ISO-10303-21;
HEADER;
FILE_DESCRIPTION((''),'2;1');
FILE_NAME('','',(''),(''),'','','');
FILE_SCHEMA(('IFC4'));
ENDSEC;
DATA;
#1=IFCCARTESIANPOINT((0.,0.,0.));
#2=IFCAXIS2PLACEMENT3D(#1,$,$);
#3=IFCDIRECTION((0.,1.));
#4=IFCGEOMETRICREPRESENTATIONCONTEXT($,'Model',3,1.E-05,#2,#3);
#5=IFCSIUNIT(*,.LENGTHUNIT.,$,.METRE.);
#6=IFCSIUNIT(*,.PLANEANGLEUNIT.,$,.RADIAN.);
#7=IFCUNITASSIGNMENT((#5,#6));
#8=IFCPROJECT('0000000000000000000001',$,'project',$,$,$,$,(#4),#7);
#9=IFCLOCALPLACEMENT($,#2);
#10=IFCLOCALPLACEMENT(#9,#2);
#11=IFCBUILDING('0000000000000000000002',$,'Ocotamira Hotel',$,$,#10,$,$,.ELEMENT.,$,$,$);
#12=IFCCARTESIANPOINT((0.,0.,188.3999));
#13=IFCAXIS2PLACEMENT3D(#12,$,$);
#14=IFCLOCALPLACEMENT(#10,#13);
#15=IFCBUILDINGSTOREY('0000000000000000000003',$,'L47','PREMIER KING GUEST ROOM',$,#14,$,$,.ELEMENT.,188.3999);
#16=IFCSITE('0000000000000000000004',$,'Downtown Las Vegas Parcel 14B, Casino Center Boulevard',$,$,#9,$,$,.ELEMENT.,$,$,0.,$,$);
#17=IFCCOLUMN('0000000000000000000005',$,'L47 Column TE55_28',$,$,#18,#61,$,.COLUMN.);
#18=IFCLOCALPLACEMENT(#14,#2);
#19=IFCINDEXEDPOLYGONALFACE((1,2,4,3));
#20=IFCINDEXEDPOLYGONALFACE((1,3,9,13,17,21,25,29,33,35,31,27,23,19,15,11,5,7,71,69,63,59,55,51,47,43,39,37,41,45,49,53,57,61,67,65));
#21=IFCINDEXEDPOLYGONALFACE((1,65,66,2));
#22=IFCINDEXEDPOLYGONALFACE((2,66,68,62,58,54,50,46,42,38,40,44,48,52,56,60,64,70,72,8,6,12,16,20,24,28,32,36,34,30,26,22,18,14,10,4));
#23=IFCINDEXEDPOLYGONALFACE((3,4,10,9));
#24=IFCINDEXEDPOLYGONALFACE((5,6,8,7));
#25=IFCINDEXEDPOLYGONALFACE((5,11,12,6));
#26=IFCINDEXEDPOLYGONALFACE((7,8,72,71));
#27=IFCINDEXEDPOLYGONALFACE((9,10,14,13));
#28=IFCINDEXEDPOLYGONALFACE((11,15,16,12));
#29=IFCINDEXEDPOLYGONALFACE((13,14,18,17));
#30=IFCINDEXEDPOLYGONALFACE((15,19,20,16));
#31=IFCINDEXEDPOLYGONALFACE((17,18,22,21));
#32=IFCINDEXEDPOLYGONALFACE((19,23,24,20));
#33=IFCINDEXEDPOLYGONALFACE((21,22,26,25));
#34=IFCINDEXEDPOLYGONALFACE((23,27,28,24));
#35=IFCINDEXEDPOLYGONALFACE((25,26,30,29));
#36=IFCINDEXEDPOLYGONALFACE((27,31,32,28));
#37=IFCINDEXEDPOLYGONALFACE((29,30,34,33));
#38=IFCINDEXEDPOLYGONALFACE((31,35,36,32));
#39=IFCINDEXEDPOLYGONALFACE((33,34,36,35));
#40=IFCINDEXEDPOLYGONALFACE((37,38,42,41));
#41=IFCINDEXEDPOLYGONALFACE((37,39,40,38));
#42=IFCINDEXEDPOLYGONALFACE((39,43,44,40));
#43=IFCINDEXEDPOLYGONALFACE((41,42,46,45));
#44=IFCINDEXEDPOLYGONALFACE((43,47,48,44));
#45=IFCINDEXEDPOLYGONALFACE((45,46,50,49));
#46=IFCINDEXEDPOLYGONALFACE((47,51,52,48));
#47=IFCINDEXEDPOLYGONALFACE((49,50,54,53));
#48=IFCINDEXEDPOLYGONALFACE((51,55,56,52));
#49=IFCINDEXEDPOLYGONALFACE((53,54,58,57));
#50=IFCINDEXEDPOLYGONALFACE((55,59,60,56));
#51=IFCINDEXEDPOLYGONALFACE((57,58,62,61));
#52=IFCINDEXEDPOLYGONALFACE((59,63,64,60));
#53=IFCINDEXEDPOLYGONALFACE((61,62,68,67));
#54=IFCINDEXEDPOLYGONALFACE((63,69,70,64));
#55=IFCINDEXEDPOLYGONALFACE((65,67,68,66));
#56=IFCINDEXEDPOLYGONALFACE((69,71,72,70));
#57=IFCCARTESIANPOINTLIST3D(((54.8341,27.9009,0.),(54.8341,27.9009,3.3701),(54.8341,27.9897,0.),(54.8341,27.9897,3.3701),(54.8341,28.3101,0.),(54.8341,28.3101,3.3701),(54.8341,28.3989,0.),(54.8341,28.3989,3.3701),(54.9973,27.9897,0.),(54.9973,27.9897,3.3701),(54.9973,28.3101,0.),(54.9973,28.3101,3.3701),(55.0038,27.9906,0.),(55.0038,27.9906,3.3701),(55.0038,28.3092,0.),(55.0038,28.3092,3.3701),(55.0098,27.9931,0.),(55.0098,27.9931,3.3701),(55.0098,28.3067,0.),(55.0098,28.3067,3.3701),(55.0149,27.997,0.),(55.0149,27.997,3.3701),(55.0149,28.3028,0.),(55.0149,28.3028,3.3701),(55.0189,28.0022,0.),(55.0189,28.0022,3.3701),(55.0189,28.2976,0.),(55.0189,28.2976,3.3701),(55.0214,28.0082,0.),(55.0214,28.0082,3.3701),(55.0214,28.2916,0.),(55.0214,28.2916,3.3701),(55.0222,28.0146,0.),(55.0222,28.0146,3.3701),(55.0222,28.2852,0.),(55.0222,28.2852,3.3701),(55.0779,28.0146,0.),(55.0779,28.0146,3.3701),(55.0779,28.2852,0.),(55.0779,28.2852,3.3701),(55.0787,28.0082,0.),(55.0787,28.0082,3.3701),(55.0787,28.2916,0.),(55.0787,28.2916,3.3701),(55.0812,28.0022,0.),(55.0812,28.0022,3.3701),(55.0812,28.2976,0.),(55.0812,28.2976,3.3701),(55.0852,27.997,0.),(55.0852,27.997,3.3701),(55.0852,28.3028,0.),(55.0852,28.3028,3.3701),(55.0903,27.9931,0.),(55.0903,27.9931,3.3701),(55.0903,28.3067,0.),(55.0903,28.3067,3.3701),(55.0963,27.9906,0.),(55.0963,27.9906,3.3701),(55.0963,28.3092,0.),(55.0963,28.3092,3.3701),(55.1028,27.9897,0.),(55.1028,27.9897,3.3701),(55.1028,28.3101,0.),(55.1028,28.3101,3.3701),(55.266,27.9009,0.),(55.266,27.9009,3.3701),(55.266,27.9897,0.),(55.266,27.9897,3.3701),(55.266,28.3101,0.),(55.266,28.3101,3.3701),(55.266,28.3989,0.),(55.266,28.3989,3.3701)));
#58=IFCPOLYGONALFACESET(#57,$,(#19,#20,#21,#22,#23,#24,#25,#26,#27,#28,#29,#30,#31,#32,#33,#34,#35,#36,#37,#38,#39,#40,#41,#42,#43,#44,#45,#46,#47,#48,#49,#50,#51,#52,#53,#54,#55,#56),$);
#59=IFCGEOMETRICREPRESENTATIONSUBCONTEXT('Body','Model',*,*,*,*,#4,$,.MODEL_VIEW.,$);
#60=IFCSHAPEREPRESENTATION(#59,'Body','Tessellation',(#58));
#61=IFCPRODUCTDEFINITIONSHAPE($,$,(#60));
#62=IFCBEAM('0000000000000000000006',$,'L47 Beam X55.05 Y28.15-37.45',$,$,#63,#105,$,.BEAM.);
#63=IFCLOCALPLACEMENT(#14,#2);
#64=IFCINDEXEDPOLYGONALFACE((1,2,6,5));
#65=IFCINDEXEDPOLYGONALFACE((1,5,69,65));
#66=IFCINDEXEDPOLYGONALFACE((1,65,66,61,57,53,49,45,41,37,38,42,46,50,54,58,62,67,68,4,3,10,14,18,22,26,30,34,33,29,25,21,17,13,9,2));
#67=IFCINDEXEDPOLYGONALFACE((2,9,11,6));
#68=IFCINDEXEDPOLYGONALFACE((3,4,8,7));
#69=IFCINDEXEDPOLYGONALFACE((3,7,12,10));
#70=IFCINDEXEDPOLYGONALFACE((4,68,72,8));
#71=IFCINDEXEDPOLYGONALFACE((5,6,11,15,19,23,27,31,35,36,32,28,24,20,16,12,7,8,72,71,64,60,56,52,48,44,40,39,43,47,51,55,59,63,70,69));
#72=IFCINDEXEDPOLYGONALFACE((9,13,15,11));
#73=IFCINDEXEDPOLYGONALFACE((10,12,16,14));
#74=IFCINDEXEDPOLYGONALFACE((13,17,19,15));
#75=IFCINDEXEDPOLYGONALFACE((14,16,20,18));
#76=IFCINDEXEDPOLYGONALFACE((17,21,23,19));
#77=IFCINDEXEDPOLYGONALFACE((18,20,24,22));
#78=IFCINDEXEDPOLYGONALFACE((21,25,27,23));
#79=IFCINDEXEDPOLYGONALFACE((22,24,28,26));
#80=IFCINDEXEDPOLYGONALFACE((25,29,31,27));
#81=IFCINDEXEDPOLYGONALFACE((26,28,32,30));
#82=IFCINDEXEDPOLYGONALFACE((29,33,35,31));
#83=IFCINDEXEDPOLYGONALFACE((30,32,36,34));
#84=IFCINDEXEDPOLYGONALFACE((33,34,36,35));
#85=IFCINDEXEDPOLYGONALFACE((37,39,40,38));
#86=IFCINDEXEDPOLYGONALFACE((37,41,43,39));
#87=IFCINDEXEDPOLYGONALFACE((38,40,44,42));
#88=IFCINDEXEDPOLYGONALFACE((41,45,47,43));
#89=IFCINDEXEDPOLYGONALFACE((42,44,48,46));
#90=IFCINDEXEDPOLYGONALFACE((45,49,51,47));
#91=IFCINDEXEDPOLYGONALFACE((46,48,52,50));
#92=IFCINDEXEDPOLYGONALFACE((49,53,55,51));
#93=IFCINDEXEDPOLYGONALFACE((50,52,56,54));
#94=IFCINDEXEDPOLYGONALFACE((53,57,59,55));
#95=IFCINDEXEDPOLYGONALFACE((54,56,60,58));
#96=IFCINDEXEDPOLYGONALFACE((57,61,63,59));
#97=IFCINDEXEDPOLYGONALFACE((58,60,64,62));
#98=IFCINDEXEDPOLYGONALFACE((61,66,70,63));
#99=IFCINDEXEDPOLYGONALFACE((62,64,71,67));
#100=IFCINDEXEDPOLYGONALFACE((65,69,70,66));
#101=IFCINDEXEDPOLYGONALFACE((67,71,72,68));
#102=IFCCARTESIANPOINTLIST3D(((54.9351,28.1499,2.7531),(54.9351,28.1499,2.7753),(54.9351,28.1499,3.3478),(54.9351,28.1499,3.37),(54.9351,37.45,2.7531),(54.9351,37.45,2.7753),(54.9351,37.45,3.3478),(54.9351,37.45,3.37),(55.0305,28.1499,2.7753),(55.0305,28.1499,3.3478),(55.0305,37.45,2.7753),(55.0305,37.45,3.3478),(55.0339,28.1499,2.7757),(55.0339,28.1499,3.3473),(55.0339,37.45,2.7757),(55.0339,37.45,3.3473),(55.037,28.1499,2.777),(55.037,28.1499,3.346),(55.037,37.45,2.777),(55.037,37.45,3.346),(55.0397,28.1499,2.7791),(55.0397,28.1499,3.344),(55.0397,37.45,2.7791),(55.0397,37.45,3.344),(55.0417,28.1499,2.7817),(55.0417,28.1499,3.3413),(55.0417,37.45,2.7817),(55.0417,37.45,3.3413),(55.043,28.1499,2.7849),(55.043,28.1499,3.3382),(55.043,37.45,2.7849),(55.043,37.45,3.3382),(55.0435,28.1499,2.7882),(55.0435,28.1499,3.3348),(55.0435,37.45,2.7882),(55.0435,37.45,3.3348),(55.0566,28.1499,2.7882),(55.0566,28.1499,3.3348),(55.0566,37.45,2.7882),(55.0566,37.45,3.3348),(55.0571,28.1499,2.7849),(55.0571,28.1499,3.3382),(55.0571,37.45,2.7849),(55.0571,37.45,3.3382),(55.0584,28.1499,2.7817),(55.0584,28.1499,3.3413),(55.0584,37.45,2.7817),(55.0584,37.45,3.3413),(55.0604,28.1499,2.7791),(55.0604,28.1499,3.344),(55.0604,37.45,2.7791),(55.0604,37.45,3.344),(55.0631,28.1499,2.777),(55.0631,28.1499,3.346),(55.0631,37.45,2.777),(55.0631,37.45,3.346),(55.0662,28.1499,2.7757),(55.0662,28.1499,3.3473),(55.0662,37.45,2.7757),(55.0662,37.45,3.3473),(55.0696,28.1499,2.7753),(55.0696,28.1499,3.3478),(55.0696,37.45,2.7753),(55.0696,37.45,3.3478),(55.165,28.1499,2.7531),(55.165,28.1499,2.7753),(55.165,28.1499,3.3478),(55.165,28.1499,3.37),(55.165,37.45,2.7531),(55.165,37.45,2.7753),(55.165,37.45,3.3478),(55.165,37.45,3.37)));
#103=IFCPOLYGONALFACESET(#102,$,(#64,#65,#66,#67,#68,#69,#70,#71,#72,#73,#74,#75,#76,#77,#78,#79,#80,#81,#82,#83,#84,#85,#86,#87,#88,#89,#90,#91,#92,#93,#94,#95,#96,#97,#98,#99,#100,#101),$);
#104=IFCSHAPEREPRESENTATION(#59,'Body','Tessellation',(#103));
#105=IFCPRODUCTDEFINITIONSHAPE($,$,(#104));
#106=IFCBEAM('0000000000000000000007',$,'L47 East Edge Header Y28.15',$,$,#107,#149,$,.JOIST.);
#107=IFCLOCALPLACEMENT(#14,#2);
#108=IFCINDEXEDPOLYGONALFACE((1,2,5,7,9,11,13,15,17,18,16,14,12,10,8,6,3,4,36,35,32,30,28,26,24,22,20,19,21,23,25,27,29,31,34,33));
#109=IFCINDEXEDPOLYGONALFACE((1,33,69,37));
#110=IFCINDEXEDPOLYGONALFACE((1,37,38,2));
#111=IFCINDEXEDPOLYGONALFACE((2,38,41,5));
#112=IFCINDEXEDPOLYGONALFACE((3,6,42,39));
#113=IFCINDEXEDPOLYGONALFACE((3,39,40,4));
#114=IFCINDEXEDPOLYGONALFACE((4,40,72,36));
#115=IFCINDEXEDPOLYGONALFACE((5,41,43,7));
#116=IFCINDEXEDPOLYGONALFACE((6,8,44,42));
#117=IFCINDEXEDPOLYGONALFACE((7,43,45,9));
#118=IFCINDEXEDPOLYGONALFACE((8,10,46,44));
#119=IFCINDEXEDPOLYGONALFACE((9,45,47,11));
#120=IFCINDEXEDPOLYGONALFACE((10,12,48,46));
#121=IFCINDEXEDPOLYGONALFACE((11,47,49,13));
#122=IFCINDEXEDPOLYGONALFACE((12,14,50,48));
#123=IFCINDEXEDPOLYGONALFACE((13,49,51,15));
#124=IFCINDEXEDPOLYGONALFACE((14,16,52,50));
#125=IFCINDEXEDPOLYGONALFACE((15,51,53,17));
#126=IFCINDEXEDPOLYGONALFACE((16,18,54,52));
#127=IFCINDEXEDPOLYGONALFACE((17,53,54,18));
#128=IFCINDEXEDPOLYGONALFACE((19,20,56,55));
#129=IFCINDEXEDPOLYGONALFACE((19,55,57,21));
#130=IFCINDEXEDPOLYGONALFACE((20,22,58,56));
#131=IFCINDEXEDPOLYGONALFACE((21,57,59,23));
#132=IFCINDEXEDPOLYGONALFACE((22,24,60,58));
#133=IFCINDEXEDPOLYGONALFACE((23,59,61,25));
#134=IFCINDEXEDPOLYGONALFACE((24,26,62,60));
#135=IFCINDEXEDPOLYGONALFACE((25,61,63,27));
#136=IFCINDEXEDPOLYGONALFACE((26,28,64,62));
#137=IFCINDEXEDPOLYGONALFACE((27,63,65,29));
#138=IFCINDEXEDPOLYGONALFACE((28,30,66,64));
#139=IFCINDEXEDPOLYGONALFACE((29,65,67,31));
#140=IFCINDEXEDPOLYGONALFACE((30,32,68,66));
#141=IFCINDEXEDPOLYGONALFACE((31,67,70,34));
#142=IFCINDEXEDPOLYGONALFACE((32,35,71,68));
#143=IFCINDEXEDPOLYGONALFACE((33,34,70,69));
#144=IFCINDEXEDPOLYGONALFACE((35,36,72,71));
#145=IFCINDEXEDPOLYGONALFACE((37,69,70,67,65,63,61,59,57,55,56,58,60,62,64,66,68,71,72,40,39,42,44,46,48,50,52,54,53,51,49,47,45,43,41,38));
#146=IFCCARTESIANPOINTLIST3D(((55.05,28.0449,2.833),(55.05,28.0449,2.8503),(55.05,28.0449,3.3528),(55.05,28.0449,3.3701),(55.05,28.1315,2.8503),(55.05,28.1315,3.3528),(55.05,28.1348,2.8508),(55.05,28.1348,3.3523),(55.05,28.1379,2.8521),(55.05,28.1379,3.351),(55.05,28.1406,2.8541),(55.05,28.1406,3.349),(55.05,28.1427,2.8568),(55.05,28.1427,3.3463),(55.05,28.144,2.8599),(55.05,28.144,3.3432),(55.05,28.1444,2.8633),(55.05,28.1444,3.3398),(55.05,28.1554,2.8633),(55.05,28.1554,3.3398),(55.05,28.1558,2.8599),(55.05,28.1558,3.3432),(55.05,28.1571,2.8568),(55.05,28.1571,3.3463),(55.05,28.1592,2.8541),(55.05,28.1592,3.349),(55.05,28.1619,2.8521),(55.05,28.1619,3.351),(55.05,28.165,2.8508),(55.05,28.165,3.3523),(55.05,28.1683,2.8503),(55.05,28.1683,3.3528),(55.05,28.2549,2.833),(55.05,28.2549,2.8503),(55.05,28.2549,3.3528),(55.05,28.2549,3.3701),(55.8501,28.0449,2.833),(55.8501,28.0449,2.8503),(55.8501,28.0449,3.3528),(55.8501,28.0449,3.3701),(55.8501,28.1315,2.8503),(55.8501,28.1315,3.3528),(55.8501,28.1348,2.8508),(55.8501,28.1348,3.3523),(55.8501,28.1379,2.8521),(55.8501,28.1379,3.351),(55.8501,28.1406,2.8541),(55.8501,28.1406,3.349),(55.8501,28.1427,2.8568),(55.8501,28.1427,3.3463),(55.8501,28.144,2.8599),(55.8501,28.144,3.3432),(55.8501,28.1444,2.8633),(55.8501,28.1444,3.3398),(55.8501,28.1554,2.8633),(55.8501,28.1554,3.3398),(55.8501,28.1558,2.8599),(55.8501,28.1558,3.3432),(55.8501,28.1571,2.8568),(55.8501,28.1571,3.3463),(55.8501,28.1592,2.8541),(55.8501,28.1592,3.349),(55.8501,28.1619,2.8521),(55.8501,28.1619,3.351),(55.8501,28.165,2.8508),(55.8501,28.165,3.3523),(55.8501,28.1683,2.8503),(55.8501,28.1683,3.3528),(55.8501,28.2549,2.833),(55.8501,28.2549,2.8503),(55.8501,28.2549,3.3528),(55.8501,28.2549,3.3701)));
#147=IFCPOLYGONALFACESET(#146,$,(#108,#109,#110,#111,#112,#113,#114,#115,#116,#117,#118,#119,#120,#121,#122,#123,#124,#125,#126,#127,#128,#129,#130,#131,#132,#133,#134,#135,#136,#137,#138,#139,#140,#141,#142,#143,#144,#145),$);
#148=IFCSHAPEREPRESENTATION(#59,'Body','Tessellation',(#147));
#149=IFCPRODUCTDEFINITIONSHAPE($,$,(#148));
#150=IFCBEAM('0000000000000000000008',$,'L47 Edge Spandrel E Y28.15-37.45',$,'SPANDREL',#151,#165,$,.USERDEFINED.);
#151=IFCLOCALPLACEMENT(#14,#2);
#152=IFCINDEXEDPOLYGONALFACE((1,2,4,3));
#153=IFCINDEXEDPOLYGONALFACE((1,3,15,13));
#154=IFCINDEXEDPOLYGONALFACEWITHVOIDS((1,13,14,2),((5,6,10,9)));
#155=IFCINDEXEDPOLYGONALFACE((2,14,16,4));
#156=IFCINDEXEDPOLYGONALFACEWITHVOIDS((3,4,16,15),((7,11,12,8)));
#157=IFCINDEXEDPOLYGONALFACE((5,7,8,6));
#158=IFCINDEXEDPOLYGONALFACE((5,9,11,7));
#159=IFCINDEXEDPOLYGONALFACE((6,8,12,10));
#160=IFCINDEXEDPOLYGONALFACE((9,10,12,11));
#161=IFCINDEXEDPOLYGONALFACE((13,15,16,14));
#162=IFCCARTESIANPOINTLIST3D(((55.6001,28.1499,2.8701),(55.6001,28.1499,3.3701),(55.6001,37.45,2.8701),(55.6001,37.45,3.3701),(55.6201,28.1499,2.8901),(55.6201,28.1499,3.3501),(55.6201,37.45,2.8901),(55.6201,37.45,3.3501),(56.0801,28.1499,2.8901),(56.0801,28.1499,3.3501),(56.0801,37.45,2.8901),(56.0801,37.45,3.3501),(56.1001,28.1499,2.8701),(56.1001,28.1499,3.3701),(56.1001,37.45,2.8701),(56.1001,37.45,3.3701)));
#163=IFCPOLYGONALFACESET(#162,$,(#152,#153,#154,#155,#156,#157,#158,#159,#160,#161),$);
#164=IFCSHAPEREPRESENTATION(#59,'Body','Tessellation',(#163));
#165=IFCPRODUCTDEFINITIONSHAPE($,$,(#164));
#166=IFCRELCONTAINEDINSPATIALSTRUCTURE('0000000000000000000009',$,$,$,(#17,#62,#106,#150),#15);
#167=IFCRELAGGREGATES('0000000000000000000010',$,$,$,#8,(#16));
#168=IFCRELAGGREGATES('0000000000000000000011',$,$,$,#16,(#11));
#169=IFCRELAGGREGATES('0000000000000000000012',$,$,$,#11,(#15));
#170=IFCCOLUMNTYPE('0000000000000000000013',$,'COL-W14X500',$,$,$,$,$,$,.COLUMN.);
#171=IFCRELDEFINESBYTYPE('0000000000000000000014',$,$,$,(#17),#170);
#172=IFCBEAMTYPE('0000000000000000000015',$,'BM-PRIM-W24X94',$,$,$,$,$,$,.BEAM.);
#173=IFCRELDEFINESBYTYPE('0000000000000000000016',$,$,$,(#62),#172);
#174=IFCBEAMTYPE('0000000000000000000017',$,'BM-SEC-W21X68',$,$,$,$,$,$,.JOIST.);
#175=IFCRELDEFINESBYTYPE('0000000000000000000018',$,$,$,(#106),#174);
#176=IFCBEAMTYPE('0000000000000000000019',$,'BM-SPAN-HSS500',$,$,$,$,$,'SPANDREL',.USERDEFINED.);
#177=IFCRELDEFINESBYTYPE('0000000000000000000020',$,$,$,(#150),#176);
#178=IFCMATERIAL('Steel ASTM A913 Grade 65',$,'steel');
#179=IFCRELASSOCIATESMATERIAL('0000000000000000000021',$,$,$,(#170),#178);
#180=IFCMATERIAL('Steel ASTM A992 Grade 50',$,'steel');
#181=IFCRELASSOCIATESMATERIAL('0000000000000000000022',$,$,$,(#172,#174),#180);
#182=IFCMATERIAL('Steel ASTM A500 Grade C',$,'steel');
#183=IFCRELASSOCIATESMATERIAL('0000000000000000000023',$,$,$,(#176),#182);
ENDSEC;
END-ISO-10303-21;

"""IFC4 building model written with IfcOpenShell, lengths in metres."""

from ifc_helpers import new_model, si_unit, direction, frame, origin, origin_2d, place, context, subcontext, project, spatial, hollow_rectangle, i_section, extrude, source, transform, mapped, material, material_profile, profile_set, type_object, element, save


model = new_model("IFC4")

# Units and contexts
model_context = context("Model", 3, precision=1e-05, world=origin(), true_north=direction((0.0, 1.0)))
body_context = subcontext(model_context, "Body", "Model", "MODEL_VIEW")
ifc_project = project(units=[si_unit("LENGTHUNIT", "METRE"), si_unit("PLANEANGLEUNIT", "RADIAN")], contexts=[model_context])

# Site, building, storey
site_placement = place(None, origin())
site = spatial("IfcSite", under=ifc_project, at=site_placement, Name="Downtown Las Vegas Parcel 14B, Casino Center Boulevard", CompositionType="ELEMENT", RefElevation=0.0)
building_placement = place(site_placement, origin())
building = spatial("IfcBuilding", under=site, at=building_placement, Name="Ocotamira Hotel", CompositionType="ELEMENT")
storey_placement = place(building_placement, frame((0.0, 0.0, 188.3999)))
storey = spatial("IfcBuildingStorey", under=building, at=storey_placement, Name="L47", Description="PREMIER KING GUEST ROOM", CompositionType="ELEMENT", Elevation=188.3999)

# Column
ifc_material_1 = material(Name="Steel ASTM A913 Grade 65", Category="steel")
ifc_material_profile_1 = material_profile(ifc_material_1, i_section(OverallWidth=0.4319, OverallDepth=0.498, WebThickness=0.0557, FlangeThickness=0.0889, FilletRadius=0.0249, at=origin_2d()), Name="W14X500")
ifc_profile_set_1 = profile_set([ifc_material_profile_1], Name="Steel ASTM A913 Grade 65")
column_type = type_object("IfcColumnType", Name="COL-W14X500", PredefinedType="COLUMN", material=ifc_profile_set_1)
shared_shape_1 = source(origin(), body_context, "Body", "SweptSolid", [
    extrude(i_section(OverallWidth=0.4319, OverallDepth=0.498, WebThickness=0.0557, FlangeThickness=0.0889, FilletRadius=0.0249, at=origin_2d()), origin(), (0.0, 0.0, 1.0), 3.3701),
])
column_placement = place(storey_placement, frame((55.05, 28.1499, 0.0), z_axis=(0.0, 0.0, 1.0), x_axis=(1.0, 0.0, 0.0)))
element("IfcColumn", 1, at=column_placement, inside=storey, type_object=column_type, Name="L47 Column TE55_28", PredefinedType="COLUMN", context=body_context, shape_type="MappedRepresentation", body=[
    mapped(shared_shape_1, transform((0.0, 0.0, 0.0), scale=1.0)),
])

# Beams
ifc_material_2 = material(Name="Steel ASTM A992 Grade 50", Category="steel")
ifc_material_profile_2 = material_profile(ifc_material_2, i_section(OverallWidth=0.23, OverallDepth=0.6169, WebThickness=0.0132, FlangeThickness=0.0222, FilletRadius=0.0129, at=origin_2d()), Name="W24X94")
ifc_profile_set_2 = profile_set([ifc_material_profile_2], Name="Steel ASTM A992 Grade 50")
beam_type_1 = type_object("IfcBeamType", Name="BM-PRIM-W24X94", PredefinedType="BEAM", material=ifc_profile_set_2)
shared_shape_2 = source(origin(), body_context, "Body", "SweptSolid", [
    extrude(i_section(OverallWidth=0.23, OverallDepth=0.6169, WebThickness=0.0132, FlangeThickness=0.0222, FilletRadius=0.0129, at=origin_2d()), origin(), (0.0, 0.0, 1.0), 9.3),
])
beam_1_placement = place(storey_placement, frame((55.05, 28.1499, 3.0615), z_axis=(0.0, 1.0, 0.0), x_axis=(-1.0, 0.0, 0.0)))
element("IfcBeam", 2, at=beam_1_placement, inside=storey, type_object=beam_type_1, Name="L47 Beam X55.05 Y28.15-37.45", PredefinedType="BEAM", context=body_context, shape_type="MappedRepresentation", body=[
    mapped(shared_shape_2, transform((0.0, 0.0, 0.0), scale=1.0)),
])
ifc_material_profile_3 = material_profile(ifc_material_2, i_section(OverallWidth=0.21, OverallDepth=0.5371, WebThickness=0.011, FlangeThickness=0.0173, FilletRadius=0.0129, at=origin_2d()), Name="W21X68")
ifc_profile_set_3 = profile_set([ifc_material_profile_3], Name="Steel ASTM A992 Grade 50")
beam_type_2 = type_object("IfcBeamType", Name="BM-SEC-W21X68", PredefinedType="JOIST", material=ifc_profile_set_3)
shared_shape_3 = source(origin(), body_context, "Body", "SweptSolid", [
    extrude(i_section(OverallWidth=0.21, OverallDepth=0.5371, WebThickness=0.011, FlangeThickness=0.0173, FilletRadius=0.0129, at=origin_2d()), origin(), (0.0, 0.0, 1.0), 0.8),
])
beam_2_placement = place(storey_placement, frame((55.05, 28.1499, 3.1016), z_axis=(1.0, 0.0, 0.0), x_axis=(0.0, 1.0, 0.0)))
element("IfcBeam", 3, at=beam_2_placement, inside=storey, type_object=beam_type_2, Name="L47 East Edge Header Y28.15", PredefinedType="JOIST", context=body_context, shape_type="MappedRepresentation", body=[
    mapped(shared_shape_3, transform((0.0, 0.0, 0.0), scale=1.0)),
])
ifc_material_3 = material(Name="Steel ASTM A500 Grade C", Category="steel")
ifc_material_profile_4 = material_profile(ifc_material_3, hollow_rectangle(XDim=0.5, YDim=0.5, WallThickness=0.02, at=origin_2d()), Name="HSS500X500X20")
ifc_profile_set_4 = profile_set([ifc_material_profile_4], Name="Steel ASTM A500 Grade C")
beam_type_3 = type_object("IfcBeamType", Name="BM-SPAN-HSS500", ElementType="SPANDREL", PredefinedType="USERDEFINED", material=ifc_profile_set_4)
shared_shape_4 = source(origin(), body_context, "Body", "SweptSolid", [
    extrude(hollow_rectangle(XDim=0.5, YDim=0.5, WallThickness=0.02, at=origin_2d()), origin(), (0.0, 0.0, 1.0), 9.3),
])
beam_3_placement = place(storey_placement, frame((55.8501, 28.1499, 3.1201), z_axis=(0.0, 1.0, 0.0), x_axis=(-1.0, 0.0, 0.0)))
element("IfcBeam", 4, at=beam_3_placement, inside=storey, type_object=beam_type_3, Name="L47 Edge Spandrel E Y28.15-37.45", ObjectType="SPANDREL", PredefinedType="USERDEFINED", context=body_context, shape_type="MappedRepresentation", body=[
    mapped(shared_shape_4, transform((0.0, 0.0, 0.0), scale=1.0)),
])

save(model, "model.ifc")
